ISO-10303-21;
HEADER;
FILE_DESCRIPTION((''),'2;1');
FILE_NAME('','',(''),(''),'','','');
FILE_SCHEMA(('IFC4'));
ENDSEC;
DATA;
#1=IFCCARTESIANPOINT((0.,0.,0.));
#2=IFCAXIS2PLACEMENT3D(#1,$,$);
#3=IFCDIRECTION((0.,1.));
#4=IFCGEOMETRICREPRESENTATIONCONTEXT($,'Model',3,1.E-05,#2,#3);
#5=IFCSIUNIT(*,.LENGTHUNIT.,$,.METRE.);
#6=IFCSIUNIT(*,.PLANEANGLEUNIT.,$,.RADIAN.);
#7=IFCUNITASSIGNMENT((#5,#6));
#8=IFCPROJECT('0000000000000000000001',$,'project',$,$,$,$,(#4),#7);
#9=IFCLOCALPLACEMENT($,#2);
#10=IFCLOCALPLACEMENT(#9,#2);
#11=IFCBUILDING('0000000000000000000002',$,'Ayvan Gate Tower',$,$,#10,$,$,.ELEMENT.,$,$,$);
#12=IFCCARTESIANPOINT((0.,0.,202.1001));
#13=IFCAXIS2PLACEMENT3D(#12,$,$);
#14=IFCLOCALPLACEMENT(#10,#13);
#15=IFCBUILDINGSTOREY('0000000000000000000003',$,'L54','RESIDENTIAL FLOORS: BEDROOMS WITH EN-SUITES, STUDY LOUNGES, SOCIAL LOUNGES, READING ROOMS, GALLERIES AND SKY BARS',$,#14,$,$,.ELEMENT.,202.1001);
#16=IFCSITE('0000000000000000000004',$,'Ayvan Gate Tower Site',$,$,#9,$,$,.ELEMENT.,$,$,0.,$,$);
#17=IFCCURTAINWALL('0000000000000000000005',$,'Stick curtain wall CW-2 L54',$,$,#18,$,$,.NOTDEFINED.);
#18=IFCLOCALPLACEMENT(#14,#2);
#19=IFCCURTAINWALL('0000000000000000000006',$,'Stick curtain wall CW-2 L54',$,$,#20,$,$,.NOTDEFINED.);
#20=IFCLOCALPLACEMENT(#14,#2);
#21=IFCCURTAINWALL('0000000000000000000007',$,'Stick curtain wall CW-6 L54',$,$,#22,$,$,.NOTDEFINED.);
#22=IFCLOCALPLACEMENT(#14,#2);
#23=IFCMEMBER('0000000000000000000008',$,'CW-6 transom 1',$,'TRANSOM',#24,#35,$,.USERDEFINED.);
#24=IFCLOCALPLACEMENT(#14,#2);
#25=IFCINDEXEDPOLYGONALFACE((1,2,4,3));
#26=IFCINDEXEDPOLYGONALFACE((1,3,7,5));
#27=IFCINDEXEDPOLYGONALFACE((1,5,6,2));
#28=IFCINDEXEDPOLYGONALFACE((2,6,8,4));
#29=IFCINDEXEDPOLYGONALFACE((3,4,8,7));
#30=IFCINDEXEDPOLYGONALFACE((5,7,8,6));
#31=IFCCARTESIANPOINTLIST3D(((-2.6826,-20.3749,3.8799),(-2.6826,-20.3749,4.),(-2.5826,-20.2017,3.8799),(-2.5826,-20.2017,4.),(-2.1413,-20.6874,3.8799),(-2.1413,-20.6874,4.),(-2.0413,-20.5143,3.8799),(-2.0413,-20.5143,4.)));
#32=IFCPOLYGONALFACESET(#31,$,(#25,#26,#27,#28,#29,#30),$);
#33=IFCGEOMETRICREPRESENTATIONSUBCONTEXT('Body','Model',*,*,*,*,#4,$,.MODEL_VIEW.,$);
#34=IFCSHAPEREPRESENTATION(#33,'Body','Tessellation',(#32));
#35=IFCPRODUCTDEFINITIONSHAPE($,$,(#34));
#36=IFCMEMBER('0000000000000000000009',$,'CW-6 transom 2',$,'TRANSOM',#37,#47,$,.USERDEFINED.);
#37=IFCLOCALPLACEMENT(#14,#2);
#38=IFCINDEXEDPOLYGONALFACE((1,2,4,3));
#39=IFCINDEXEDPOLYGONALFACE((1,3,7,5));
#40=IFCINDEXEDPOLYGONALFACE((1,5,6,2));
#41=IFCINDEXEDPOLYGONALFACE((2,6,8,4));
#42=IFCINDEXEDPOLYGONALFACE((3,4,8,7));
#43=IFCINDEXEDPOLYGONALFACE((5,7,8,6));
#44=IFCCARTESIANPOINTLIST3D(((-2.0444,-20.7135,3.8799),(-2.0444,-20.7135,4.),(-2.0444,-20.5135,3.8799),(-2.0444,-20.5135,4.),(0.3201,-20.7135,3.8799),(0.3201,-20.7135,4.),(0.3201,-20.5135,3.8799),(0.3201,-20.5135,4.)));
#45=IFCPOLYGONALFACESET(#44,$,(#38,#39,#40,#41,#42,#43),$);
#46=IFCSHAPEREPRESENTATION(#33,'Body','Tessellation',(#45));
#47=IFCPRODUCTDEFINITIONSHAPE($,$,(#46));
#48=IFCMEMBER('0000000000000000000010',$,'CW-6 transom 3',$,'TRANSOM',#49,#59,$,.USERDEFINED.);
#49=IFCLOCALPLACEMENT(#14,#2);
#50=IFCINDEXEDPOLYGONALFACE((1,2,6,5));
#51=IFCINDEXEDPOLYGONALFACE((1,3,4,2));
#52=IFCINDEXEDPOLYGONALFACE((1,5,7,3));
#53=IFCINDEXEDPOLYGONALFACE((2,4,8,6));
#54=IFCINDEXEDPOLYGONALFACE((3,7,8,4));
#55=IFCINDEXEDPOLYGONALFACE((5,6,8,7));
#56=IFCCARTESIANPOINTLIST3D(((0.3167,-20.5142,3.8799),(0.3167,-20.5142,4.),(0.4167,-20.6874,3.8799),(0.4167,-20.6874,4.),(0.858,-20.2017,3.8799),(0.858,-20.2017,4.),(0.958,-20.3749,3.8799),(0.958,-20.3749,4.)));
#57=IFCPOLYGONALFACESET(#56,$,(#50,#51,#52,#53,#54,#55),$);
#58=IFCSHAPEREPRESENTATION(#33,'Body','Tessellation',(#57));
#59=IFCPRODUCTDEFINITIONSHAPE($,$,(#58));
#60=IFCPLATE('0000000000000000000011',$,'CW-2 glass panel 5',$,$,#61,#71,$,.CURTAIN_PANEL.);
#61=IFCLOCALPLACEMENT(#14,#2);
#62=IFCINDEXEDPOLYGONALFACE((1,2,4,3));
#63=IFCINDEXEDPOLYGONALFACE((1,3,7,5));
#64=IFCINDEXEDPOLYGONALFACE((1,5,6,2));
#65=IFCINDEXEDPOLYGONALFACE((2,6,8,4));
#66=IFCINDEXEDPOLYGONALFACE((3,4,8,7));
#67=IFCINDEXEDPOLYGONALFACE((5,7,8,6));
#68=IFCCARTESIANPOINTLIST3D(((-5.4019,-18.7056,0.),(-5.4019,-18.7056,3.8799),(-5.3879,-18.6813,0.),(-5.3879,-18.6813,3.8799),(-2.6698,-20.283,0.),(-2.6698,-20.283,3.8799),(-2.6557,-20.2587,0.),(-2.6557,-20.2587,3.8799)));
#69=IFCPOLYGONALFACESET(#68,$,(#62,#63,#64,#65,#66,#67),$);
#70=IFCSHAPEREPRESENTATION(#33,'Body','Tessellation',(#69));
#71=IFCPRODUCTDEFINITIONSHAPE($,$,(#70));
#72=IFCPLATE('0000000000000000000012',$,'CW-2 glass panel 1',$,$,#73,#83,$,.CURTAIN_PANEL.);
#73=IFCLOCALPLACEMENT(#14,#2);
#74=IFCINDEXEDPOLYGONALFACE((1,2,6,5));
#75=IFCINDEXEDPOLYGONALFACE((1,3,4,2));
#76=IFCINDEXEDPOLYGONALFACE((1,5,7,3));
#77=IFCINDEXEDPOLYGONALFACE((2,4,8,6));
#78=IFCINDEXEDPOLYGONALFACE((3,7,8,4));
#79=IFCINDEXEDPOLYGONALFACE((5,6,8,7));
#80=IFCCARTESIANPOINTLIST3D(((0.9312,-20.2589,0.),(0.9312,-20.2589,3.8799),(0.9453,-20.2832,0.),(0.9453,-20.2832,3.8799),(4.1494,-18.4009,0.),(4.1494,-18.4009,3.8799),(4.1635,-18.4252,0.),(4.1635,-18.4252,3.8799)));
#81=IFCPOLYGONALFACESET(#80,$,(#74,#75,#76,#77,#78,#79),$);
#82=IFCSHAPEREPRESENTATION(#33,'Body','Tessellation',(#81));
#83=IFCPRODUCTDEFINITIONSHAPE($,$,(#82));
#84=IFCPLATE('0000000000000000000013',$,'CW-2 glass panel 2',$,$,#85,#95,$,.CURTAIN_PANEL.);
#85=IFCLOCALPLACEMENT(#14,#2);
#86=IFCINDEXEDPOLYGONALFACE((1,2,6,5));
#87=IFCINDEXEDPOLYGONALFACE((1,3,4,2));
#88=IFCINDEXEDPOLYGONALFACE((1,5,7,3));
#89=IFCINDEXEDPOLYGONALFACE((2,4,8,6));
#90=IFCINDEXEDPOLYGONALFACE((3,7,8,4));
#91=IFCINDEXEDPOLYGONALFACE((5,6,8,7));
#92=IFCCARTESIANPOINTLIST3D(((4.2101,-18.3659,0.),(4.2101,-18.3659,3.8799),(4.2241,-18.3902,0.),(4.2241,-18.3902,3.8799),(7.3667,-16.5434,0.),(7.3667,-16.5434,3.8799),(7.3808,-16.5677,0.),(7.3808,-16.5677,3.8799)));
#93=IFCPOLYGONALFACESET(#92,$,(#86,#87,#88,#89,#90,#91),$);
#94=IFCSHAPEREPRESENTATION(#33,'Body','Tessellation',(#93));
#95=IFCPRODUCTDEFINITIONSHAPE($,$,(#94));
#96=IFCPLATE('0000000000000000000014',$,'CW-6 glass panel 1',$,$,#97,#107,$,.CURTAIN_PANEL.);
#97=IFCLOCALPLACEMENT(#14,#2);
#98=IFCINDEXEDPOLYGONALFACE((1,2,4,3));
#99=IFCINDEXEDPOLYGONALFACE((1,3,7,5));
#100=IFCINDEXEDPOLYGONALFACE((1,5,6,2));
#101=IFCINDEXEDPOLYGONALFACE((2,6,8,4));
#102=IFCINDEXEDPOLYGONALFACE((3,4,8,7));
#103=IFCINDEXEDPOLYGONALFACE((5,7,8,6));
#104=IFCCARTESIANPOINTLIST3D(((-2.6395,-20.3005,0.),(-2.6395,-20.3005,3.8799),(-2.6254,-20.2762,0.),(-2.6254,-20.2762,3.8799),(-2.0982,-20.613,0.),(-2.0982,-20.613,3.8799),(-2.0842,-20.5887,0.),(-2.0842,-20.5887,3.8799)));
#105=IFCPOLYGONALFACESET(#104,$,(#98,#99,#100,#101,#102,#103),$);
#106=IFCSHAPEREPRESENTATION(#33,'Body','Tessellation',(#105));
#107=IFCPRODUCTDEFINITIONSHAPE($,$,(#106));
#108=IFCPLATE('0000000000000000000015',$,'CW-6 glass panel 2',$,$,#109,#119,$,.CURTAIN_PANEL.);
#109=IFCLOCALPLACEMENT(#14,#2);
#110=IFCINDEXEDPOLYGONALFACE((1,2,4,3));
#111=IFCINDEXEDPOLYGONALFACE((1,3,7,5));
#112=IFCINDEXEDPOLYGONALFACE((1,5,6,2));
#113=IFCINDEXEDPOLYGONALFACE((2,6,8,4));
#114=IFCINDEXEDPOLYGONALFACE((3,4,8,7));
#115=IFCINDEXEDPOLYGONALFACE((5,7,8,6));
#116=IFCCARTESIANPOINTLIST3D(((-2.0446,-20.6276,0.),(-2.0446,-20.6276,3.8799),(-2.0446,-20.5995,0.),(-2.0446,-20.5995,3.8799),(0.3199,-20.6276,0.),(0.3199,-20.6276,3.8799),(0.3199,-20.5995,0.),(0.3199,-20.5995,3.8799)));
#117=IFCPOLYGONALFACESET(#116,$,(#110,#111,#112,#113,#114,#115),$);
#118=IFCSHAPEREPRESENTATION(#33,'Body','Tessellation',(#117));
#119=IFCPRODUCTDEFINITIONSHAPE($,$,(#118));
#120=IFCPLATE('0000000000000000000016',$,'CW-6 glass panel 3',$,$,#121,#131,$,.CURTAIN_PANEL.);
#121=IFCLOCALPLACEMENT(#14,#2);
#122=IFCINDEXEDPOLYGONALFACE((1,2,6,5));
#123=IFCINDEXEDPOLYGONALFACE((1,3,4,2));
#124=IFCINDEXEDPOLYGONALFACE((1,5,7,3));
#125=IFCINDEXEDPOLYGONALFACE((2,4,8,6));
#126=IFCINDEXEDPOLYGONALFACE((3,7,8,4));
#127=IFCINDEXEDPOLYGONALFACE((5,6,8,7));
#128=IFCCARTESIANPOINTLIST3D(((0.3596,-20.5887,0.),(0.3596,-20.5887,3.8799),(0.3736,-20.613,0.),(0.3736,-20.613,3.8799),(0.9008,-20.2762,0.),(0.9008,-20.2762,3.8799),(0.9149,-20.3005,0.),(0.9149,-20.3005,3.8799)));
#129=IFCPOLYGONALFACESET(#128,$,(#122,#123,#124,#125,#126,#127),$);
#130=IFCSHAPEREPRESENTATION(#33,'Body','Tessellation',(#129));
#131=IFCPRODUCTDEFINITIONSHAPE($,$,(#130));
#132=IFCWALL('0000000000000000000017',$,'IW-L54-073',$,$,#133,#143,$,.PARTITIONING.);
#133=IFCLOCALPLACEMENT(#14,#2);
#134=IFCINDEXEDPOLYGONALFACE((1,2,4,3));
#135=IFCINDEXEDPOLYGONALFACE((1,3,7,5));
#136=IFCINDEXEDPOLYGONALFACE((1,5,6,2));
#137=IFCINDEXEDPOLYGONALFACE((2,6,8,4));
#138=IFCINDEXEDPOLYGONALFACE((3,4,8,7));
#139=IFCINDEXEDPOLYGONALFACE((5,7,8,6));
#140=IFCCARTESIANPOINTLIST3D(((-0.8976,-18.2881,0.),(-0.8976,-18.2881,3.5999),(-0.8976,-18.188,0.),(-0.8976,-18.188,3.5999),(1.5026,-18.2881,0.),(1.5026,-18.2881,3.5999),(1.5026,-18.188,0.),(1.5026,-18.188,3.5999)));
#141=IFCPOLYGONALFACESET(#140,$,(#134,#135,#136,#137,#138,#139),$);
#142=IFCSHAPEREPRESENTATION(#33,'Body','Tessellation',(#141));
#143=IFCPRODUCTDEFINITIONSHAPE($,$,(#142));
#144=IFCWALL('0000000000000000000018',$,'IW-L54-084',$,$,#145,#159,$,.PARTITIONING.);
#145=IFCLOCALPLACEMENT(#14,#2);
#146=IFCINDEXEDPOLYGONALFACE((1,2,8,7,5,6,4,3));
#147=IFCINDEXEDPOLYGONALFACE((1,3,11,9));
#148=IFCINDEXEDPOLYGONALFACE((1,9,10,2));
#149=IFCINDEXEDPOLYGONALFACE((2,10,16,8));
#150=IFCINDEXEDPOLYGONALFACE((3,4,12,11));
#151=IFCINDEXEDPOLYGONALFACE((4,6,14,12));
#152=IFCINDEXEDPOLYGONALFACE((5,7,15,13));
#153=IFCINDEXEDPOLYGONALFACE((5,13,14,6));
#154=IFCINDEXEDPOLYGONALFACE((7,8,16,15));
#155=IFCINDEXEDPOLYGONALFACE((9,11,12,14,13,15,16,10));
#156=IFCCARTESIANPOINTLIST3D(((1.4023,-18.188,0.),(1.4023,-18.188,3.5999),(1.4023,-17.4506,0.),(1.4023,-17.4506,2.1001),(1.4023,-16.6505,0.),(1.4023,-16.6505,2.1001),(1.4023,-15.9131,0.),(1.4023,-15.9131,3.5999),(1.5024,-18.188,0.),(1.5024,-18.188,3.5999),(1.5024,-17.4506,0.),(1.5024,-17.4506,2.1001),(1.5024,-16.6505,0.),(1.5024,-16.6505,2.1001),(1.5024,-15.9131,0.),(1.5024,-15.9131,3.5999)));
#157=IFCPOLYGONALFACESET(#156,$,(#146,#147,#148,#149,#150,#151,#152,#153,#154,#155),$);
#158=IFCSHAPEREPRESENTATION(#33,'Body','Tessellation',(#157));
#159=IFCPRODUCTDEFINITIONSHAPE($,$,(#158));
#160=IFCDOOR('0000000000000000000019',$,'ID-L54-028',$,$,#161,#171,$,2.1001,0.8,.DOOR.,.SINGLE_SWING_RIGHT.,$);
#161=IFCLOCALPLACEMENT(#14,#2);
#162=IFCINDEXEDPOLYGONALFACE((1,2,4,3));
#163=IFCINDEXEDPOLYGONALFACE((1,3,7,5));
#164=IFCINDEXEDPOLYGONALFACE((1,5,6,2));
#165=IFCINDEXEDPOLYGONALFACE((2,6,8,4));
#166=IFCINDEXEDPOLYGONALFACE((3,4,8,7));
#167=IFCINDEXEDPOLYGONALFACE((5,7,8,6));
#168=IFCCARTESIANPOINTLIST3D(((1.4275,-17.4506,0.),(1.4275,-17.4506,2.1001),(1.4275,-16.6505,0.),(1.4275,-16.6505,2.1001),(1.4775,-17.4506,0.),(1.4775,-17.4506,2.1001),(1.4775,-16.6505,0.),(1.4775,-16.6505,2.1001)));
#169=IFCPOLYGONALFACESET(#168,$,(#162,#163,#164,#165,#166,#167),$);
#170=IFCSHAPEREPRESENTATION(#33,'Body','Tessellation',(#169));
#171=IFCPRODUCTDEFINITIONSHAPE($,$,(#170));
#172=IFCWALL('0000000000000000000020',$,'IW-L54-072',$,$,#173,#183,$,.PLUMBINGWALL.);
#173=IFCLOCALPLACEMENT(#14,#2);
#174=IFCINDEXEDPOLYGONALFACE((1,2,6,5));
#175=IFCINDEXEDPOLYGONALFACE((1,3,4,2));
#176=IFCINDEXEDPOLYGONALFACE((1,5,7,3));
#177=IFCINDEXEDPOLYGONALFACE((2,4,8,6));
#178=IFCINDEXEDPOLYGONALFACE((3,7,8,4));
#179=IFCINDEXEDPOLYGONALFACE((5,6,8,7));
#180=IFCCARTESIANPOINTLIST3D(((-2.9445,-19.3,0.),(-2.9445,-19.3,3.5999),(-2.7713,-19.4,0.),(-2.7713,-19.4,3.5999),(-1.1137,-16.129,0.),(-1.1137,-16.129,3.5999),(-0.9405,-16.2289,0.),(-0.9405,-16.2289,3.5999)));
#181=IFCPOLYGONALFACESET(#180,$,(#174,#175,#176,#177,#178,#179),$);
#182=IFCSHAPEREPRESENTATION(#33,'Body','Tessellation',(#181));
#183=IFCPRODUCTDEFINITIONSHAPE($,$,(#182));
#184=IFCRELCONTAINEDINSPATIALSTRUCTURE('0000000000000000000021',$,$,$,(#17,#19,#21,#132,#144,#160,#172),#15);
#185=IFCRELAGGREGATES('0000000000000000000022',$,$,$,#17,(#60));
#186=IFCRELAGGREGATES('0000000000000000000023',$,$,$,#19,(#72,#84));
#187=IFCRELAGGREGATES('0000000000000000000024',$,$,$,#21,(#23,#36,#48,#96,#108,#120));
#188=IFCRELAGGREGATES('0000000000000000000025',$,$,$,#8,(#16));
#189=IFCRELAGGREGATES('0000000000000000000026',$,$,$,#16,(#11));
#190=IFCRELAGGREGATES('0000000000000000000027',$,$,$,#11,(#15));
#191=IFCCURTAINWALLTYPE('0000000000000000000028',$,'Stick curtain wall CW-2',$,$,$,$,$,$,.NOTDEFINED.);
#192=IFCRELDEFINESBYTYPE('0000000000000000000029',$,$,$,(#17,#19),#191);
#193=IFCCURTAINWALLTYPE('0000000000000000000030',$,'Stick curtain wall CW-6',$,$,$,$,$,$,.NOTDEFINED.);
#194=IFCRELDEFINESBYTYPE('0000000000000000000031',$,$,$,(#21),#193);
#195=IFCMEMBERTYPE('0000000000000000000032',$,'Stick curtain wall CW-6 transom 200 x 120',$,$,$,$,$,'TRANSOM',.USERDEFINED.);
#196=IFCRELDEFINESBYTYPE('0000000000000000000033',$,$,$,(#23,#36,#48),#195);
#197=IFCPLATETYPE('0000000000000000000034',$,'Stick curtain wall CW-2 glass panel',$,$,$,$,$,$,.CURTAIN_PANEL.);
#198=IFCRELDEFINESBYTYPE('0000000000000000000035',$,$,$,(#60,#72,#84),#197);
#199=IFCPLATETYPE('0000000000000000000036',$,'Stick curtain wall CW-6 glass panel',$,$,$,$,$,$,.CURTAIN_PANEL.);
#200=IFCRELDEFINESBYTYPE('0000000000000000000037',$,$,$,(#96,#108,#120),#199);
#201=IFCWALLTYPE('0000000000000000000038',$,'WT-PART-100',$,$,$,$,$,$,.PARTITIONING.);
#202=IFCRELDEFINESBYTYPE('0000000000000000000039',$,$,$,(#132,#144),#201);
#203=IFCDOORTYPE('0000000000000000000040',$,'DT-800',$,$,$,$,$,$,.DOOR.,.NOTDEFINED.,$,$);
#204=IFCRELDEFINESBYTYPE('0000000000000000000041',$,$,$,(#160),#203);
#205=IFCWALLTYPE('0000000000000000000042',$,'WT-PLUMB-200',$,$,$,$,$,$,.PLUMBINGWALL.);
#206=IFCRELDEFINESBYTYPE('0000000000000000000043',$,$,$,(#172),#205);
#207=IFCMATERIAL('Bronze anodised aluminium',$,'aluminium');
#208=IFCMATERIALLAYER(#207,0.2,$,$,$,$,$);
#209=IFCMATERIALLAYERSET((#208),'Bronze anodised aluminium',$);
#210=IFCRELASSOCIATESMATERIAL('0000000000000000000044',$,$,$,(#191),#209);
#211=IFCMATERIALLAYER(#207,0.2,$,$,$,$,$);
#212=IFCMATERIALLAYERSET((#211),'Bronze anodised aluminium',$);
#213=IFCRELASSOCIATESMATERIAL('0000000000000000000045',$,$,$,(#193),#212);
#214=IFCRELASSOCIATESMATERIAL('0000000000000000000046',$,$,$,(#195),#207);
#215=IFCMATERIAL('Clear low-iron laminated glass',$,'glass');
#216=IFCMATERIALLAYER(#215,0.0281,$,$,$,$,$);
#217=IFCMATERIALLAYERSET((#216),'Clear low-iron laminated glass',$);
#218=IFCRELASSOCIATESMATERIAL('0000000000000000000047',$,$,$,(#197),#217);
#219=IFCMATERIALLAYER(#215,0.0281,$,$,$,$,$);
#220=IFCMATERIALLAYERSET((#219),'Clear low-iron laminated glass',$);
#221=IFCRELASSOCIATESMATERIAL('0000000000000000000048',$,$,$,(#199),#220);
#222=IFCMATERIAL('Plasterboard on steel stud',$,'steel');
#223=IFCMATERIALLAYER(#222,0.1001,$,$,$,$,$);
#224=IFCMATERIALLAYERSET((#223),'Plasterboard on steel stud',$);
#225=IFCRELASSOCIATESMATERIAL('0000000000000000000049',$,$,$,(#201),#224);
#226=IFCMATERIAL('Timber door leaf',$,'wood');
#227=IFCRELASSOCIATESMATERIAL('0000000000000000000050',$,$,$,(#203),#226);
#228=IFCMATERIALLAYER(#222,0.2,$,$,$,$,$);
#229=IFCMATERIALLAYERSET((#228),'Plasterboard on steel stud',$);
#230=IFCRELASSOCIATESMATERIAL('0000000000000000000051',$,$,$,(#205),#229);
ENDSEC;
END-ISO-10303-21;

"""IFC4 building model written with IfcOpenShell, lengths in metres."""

from ifc_helpers import new_model, si_unit, direction, frame, frame_2d, origin, origin_2d, place, context, subcontext, project, spatial, rectangle, extrude, material, layer, layer_set, material_profile, profile_set, type_object, element, fill, aggregate, save


model = new_model("IFC4")

# Units and contexts
model_context = context("Model", 3, precision=1e-05, world=origin(), true_north=direction((0.0, 1.0)))
body_context = subcontext(model_context, "Body", "Model", "MODEL_VIEW")
ifc_project = project(units=[si_unit("LENGTHUNIT", "METRE"), si_unit("PLANEANGLEUNIT", "RADIAN")], contexts=[model_context])

# Site, building, storey
site_placement = place(None, origin())
site = spatial("IfcSite", under=ifc_project, at=site_placement, Name="Ayvan Gate Tower Site", CompositionType="ELEMENT", RefElevation=0.0)
building_placement = place(site_placement, origin())
building = spatial("IfcBuilding", under=site, at=building_placement, Name="Ayvan Gate Tower", CompositionType="ELEMENT")
storey_placement = place(building_placement, frame((0.0, 0.0, 202.1001)))
storey = spatial("IfcBuildingStorey", under=building, at=storey_placement, Name="L54", Description="RESIDENTIAL FLOORS: BEDROOMS WITH EN-SUITES, STUDY LOUNGES, SOCIAL LOUNGES, READING ROOMS, GALLERIES AND SKY BARS", CompositionType="ELEMENT", Elevation=202.1001)

# Curtain walls, members
ifc_material_1 = material(Name="Bronze anodised aluminium", Category="aluminium")
ifc_layer_1 = layer(ifc_material_1, 0.2)
ifc_layer_set_1 = layer_set([ifc_layer_1], Name="Bronze anodised aluminium")
curtain_wall_type_1 = type_object("IfcCurtainWallType", Name="Stick curtain wall CW-2", PredefinedType="NOTDEFINED", material=ifc_layer_set_1)
curtain_wall_1_placement = place(storey_placement, origin())
curtain_wall_1 = element("IfcCurtainWall", 1, at=curtain_wall_1_placement, inside=storey, type_object=curtain_wall_type_1, Name="Stick curtain wall CW-2 L54", PredefinedType="NOTDEFINED")
curtain_wall_2_placement = place(storey_placement, origin())
curtain_wall_2 = element("IfcCurtainWall", 2, at=curtain_wall_2_placement, inside=storey, type_object=curtain_wall_type_1, Name="Stick curtain wall CW-2 L54", PredefinedType="NOTDEFINED")
ifc_layer_2 = layer(ifc_material_1, 0.2)
ifc_layer_set_2 = layer_set([ifc_layer_2], Name="Bronze anodised aluminium")
curtain_wall_type_2 = type_object("IfcCurtainWallType", Name="Stick curtain wall CW-6", PredefinedType="NOTDEFINED", material=ifc_layer_set_2)
curtain_wall_3_placement = place(storey_placement, origin())
curtain_wall_3 = element("IfcCurtainWall", 3, at=curtain_wall_3_placement, inside=storey, type_object=curtain_wall_type_2, Name="Stick curtain wall CW-6 L54", PredefinedType="NOTDEFINED")
ifc_material_profile_1 = material_profile(ifc_material_1, rectangle(XDim=0.2, YDim=0.1201, at=origin_2d()), Name="Stick curtain wall CW-6 transom 200 x 120")
ifc_profile_set_1 = profile_set([ifc_material_profile_1], Name="Bronze anodised aluminium")
member_type_1 = type_object("IfcMemberType", Name="Stick curtain wall CW-6 transom 200 x 120", ElementType="TRANSOM", PredefinedType="USERDEFINED", material=ifc_profile_set_1)
member_1_placement = place(storey_placement, frame((-2.6326, -20.2883, 3.9399), z_axis=(0.866023, -0.500004, 0.0), x_axis=(0.500004, 0.866023, 0.0)))
member_1 = element("IfcMember", 4, at=member_1_placement, type_object=member_type_1, Name="CW-6 transom 1", ObjectType="TRANSOM", PredefinedType="USERDEFINED", context=body_context, shape_type="SweptSolid", body=[
    extrude(rectangle(XDim=0.2, YDim=0.1201, at=origin_2d()), origin(), (0.0, 0.0, 1.0), 0.625),
])
member_2_placement = place(storey_placement, frame((-2.0444, -20.6135, 3.9399), z_axis=(1.0, 0.0, 0.0), x_axis=(0.0, 1.0, 0.0)))
member_2 = element("IfcMember", 5, at=member_2_placement, type_object=member_type_1, Name="CW-6 transom 2", ObjectType="TRANSOM", PredefinedType="USERDEFINED", context=body_context, shape_type="SweptSolid", body=[
    extrude(rectangle(XDim=0.2, YDim=0.1201, at=origin_2d()), origin(), (0.0, 0.0, 1.0), 2.3645),
])
member_3_placement = place(storey_placement, frame((0.3667, -20.6008, 3.9399), z_axis=(0.866023, 0.500004, 0.0), x_axis=(-0.500004, 0.866023, 0.0)))
member_3 = element("IfcMember", 6, at=member_3_placement, type_object=member_type_1, Name="CW-6 transom 3", ObjectType="TRANSOM", PredefinedType="USERDEFINED", context=body_context, shape_type="SweptSolid", body=[
    extrude(rectangle(XDim=0.2, YDim=0.1201, at=origin_2d()), origin(), (0.0, 0.0, 1.0), 0.625),
])

# Plates
ifc_material_2 = material(Name="Clear low-iron laminated glass", Category="glass")
ifc_layer_3 = layer(ifc_material_2, 0.0281)
ifc_layer_set_3 = layer_set([ifc_layer_3], Name="Clear low-iron laminated glass")
plate_type_1 = type_object("IfcPlateType", Name="Stick curtain wall CW-2 glass panel", PredefinedType="CURTAIN_PANEL", material=ifc_layer_set_3)
plate_1_placement = place(storey_placement, frame((-4.0288, -19.4822, 0.0), z_axis=(0.0, 0.0, 1.0), x_axis=(0.866025, -0.5, 0.0)))
plate_1 = element("IfcPlate", 7, at=plate_1_placement, type_object=plate_type_1, Name="CW-2 glass panel 5", PredefinedType="CURTAIN_PANEL", context=body_context, shape_type="SweptSolid", body=[
    extrude(rectangle(XDim=3.1548, YDim=0.0281, at=origin_2d()), origin(), (0.0, 0.0, 1.0), 3.8799),
])
aggregate(curtain_wall_1, [plate_1])
plate_2_placement = place(storey_placement, frame((2.5474, -19.342, 0.0), z_axis=(0.0, 0.0, 1.0), x_axis=(0.866025, 0.5, 0.0)))
plate_2 = element("IfcPlate", 8, at=plate_2_placement, type_object=plate_type_1, Name="CW-2 glass panel 1", PredefinedType="CURTAIN_PANEL", context=body_context, shape_type="SweptSolid", body=[
    extrude(rectangle(XDim=3.7161, YDim=0.0281, at=origin_2d()), origin(), (0.0, 0.0, 1.0), 3.8799),
])
plate_3_placement = place(storey_placement, frame((5.7954, -17.4668, 0.0), z_axis=(0.0, 0.0, 1.0), x_axis=(0.866025, 0.5, 0.0)))
plate_3 = element("IfcPlate", 9, at=plate_3_placement, type_object=plate_type_1, Name="CW-2 glass panel 2", PredefinedType="CURTAIN_PANEL", context=body_context, shape_type="SweptSolid", body=[
    extrude(rectangle(XDim=3.645, YDim=0.0281, at=origin_2d()), origin(), (0.0, 0.0, 1.0), 3.8799),
])
aggregate(curtain_wall_2, [plate_2, plate_3])
ifc_layer_4 = layer(ifc_material_2, 0.0281)
ifc_layer_set_4 = layer_set([ifc_layer_4], Name="Clear low-iron laminated glass")
plate_type_2 = type_object("IfcPlateType", Name="Stick curtain wall CW-6 glass panel", PredefinedType="CURTAIN_PANEL", material=ifc_layer_set_4)
plate_4_placement = place(storey_placement, frame((-2.3618, -20.4446, 0.0), z_axis=(0.0, 0.0, 1.0), x_axis=(0.866025, -0.5, 0.0)))
plate_4 = element("IfcPlate", 10, at=plate_4_placement, type_object=plate_type_2, Name="CW-6 glass panel 1", PredefinedType="CURTAIN_PANEL", context=body_context, shape_type="SweptSolid", body=[
    extrude(rectangle(XDim=0.625, YDim=0.0281, at=origin_2d()), origin(), (0.0, 0.0, 1.0), 3.8799),
])
plate_5_placement = place(storey_placement, frame((-0.8623, -20.6135, 0.0), z_axis=(0.0, 0.0, 1.0), x_axis=(1.0, 0.0, 0.0)))
plate_5 = element("IfcPlate", 11, at=plate_5_placement, type_object=plate_type_2, Name="CW-6 glass panel 2", PredefinedType="CURTAIN_PANEL", context=body_context, shape_type="SweptSolid", body=[
    extrude(rectangle(XDim=2.3645, YDim=0.0281, at=origin_2d()), origin(), (0.0, 0.0, 1.0), 3.8799),
])
plate_6_placement = place(storey_placement, frame((0.6372, -20.4446, 0.0), z_axis=(0.0, 0.0, 1.0), x_axis=(0.866025, 0.5, 0.0)))
plate_6 = element("IfcPlate", 12, at=plate_6_placement, type_object=plate_type_2, Name="CW-6 glass panel 3", PredefinedType="CURTAIN_PANEL", context=body_context, shape_type="SweptSolid", body=[
    extrude(rectangle(XDim=0.625, YDim=0.0281, at=origin_2d()), origin(), (0.0, 0.0, 1.0), 3.8799),
])
aggregate(curtain_wall_3, [member_1, member_2, member_3, plate_4, plate_5, plate_6])

# Wall
ifc_material_3 = material(Name="Plasterboard on steel stud", Category="steel")
ifc_layer_5 = layer(ifc_material_3, 0.1001)
ifc_layer_set_5 = layer_set([ifc_layer_5], Name="Plasterboard on steel stud")
wall_type_1 = type_object("IfcWallType", Name="WT-PART-100", PredefinedType="PARTITIONING", material=ifc_layer_set_5)
wall_1_placement = place(storey_placement, frame((-0.8977, -18.238, 0.0), z_axis=(0.0, 0.0, 1.0), x_axis=(1.0, 0.0, 0.0)))
element("IfcWall", 13, at=wall_1_placement, inside=storey, type_object=wall_type_1, Name="IW-L54-073", PredefinedType="PARTITIONING", context=body_context, shape_type="SweptSolid", body=[
    extrude(rectangle(XDim=2.4001, YDim=0.1001, at=frame_2d((1.2002, 0.0))), origin(), (0.0, 0.0, 1.0), 3.5999),
])

# Wall, opening, door
wall_2_placement = place(storey_placement, frame((1.4524, -18.188, 0.0), z_axis=(0.0, 0.0, 1.0), x_axis=(0.0, 1.0, 0.0)))
wall_2 = element("IfcWall", 14, at=wall_2_placement, inside=storey, type_object=wall_type_1, Name="IW-L54-084", PredefinedType="PARTITIONING", context=body_context, shape_type="SweptSolid", body=[
    extrude(rectangle(XDim=2.2749, YDim=0.1001, at=frame_2d((1.1375, 0.0))), origin(), (0.0, 0.0, 1.0), 3.5999),
])
opening_placement = place(wall_2_placement, frame((0.7375, 0.0, 0.0)))
opening = element("IfcOpeningElement", 15, at=opening_placement, cuts=wall_2, PredefinedType="OPENING", context=body_context, shape_type="SweptSolid", body=[
    extrude(rectangle(XDim=0.8, YDim=2.1001, at=frame_2d((0.3999, 1.05))), frame((0.0, 0.0601, 0.0), z_axis=(0.0, -1.0, 0.0), x_axis=(1.0, 0.0, 0.0)), (0.0, 0.0, 1.0), 0.1201),
])
ifc_material_4 = material(Name="Timber door leaf", Category="wood")
door_type = type_object("IfcDoorType", Name="DT-800", OperationType="NOTDEFINED", PredefinedType="DOOR", material=ifc_material_4)
door_placement = place(opening_placement, origin())
door = element("IfcDoor", 16, at=door_placement, inside=storey, type_object=door_type, Name="ID-L54-028", OperationType="SINGLE_SWING_RIGHT", OverallHeight=2.1001, OverallWidth=0.8, PredefinedType="DOOR", context=body_context, shape_type="SweptSolid", body=[
    extrude(rectangle(XDim=0.8, YDim=2.1001, at=frame_2d((0.3999, 1.05))), frame((0.0, 0.0249, 0.0), z_axis=(0.0, -1.0, 0.0), x_axis=(1.0, 0.0, 0.0)), (0.0, 0.0, 1.0), 0.05),
])
fill(opening, door)

# Wall
ifc_layer_6 = layer(ifc_material_3, 0.2)
ifc_layer_set_6 = layer_set([ifc_layer_6], Name="Plasterboard on steel stud")
wall_type_2 = type_object("IfcWallType", Name="WT-PLUMB-200", PredefinedType="PLUMBINGWALL", material=ifc_layer_set_6)
wall_3_placement = place(storey_placement, frame((-1.0271, -16.179, 0.0), z_axis=(0.0, 0.0, 1.0), x_axis=(-0.49999, -0.866031, 0.0)))
element("IfcWall", 17, at=wall_3_placement, inside=storey, type_object=wall_type_2, Name="IW-L54-072", PredefinedType="PLUMBINGWALL", context=body_context, shape_type="SweptSolid", body=[
    extrude(rectangle(XDim=3.6616, YDim=0.2, at=frame_2d((1.8308, 0.0))), origin(), (0.0, 0.0, 1.0), 3.5999),
])

save(model, "model.ifc")
